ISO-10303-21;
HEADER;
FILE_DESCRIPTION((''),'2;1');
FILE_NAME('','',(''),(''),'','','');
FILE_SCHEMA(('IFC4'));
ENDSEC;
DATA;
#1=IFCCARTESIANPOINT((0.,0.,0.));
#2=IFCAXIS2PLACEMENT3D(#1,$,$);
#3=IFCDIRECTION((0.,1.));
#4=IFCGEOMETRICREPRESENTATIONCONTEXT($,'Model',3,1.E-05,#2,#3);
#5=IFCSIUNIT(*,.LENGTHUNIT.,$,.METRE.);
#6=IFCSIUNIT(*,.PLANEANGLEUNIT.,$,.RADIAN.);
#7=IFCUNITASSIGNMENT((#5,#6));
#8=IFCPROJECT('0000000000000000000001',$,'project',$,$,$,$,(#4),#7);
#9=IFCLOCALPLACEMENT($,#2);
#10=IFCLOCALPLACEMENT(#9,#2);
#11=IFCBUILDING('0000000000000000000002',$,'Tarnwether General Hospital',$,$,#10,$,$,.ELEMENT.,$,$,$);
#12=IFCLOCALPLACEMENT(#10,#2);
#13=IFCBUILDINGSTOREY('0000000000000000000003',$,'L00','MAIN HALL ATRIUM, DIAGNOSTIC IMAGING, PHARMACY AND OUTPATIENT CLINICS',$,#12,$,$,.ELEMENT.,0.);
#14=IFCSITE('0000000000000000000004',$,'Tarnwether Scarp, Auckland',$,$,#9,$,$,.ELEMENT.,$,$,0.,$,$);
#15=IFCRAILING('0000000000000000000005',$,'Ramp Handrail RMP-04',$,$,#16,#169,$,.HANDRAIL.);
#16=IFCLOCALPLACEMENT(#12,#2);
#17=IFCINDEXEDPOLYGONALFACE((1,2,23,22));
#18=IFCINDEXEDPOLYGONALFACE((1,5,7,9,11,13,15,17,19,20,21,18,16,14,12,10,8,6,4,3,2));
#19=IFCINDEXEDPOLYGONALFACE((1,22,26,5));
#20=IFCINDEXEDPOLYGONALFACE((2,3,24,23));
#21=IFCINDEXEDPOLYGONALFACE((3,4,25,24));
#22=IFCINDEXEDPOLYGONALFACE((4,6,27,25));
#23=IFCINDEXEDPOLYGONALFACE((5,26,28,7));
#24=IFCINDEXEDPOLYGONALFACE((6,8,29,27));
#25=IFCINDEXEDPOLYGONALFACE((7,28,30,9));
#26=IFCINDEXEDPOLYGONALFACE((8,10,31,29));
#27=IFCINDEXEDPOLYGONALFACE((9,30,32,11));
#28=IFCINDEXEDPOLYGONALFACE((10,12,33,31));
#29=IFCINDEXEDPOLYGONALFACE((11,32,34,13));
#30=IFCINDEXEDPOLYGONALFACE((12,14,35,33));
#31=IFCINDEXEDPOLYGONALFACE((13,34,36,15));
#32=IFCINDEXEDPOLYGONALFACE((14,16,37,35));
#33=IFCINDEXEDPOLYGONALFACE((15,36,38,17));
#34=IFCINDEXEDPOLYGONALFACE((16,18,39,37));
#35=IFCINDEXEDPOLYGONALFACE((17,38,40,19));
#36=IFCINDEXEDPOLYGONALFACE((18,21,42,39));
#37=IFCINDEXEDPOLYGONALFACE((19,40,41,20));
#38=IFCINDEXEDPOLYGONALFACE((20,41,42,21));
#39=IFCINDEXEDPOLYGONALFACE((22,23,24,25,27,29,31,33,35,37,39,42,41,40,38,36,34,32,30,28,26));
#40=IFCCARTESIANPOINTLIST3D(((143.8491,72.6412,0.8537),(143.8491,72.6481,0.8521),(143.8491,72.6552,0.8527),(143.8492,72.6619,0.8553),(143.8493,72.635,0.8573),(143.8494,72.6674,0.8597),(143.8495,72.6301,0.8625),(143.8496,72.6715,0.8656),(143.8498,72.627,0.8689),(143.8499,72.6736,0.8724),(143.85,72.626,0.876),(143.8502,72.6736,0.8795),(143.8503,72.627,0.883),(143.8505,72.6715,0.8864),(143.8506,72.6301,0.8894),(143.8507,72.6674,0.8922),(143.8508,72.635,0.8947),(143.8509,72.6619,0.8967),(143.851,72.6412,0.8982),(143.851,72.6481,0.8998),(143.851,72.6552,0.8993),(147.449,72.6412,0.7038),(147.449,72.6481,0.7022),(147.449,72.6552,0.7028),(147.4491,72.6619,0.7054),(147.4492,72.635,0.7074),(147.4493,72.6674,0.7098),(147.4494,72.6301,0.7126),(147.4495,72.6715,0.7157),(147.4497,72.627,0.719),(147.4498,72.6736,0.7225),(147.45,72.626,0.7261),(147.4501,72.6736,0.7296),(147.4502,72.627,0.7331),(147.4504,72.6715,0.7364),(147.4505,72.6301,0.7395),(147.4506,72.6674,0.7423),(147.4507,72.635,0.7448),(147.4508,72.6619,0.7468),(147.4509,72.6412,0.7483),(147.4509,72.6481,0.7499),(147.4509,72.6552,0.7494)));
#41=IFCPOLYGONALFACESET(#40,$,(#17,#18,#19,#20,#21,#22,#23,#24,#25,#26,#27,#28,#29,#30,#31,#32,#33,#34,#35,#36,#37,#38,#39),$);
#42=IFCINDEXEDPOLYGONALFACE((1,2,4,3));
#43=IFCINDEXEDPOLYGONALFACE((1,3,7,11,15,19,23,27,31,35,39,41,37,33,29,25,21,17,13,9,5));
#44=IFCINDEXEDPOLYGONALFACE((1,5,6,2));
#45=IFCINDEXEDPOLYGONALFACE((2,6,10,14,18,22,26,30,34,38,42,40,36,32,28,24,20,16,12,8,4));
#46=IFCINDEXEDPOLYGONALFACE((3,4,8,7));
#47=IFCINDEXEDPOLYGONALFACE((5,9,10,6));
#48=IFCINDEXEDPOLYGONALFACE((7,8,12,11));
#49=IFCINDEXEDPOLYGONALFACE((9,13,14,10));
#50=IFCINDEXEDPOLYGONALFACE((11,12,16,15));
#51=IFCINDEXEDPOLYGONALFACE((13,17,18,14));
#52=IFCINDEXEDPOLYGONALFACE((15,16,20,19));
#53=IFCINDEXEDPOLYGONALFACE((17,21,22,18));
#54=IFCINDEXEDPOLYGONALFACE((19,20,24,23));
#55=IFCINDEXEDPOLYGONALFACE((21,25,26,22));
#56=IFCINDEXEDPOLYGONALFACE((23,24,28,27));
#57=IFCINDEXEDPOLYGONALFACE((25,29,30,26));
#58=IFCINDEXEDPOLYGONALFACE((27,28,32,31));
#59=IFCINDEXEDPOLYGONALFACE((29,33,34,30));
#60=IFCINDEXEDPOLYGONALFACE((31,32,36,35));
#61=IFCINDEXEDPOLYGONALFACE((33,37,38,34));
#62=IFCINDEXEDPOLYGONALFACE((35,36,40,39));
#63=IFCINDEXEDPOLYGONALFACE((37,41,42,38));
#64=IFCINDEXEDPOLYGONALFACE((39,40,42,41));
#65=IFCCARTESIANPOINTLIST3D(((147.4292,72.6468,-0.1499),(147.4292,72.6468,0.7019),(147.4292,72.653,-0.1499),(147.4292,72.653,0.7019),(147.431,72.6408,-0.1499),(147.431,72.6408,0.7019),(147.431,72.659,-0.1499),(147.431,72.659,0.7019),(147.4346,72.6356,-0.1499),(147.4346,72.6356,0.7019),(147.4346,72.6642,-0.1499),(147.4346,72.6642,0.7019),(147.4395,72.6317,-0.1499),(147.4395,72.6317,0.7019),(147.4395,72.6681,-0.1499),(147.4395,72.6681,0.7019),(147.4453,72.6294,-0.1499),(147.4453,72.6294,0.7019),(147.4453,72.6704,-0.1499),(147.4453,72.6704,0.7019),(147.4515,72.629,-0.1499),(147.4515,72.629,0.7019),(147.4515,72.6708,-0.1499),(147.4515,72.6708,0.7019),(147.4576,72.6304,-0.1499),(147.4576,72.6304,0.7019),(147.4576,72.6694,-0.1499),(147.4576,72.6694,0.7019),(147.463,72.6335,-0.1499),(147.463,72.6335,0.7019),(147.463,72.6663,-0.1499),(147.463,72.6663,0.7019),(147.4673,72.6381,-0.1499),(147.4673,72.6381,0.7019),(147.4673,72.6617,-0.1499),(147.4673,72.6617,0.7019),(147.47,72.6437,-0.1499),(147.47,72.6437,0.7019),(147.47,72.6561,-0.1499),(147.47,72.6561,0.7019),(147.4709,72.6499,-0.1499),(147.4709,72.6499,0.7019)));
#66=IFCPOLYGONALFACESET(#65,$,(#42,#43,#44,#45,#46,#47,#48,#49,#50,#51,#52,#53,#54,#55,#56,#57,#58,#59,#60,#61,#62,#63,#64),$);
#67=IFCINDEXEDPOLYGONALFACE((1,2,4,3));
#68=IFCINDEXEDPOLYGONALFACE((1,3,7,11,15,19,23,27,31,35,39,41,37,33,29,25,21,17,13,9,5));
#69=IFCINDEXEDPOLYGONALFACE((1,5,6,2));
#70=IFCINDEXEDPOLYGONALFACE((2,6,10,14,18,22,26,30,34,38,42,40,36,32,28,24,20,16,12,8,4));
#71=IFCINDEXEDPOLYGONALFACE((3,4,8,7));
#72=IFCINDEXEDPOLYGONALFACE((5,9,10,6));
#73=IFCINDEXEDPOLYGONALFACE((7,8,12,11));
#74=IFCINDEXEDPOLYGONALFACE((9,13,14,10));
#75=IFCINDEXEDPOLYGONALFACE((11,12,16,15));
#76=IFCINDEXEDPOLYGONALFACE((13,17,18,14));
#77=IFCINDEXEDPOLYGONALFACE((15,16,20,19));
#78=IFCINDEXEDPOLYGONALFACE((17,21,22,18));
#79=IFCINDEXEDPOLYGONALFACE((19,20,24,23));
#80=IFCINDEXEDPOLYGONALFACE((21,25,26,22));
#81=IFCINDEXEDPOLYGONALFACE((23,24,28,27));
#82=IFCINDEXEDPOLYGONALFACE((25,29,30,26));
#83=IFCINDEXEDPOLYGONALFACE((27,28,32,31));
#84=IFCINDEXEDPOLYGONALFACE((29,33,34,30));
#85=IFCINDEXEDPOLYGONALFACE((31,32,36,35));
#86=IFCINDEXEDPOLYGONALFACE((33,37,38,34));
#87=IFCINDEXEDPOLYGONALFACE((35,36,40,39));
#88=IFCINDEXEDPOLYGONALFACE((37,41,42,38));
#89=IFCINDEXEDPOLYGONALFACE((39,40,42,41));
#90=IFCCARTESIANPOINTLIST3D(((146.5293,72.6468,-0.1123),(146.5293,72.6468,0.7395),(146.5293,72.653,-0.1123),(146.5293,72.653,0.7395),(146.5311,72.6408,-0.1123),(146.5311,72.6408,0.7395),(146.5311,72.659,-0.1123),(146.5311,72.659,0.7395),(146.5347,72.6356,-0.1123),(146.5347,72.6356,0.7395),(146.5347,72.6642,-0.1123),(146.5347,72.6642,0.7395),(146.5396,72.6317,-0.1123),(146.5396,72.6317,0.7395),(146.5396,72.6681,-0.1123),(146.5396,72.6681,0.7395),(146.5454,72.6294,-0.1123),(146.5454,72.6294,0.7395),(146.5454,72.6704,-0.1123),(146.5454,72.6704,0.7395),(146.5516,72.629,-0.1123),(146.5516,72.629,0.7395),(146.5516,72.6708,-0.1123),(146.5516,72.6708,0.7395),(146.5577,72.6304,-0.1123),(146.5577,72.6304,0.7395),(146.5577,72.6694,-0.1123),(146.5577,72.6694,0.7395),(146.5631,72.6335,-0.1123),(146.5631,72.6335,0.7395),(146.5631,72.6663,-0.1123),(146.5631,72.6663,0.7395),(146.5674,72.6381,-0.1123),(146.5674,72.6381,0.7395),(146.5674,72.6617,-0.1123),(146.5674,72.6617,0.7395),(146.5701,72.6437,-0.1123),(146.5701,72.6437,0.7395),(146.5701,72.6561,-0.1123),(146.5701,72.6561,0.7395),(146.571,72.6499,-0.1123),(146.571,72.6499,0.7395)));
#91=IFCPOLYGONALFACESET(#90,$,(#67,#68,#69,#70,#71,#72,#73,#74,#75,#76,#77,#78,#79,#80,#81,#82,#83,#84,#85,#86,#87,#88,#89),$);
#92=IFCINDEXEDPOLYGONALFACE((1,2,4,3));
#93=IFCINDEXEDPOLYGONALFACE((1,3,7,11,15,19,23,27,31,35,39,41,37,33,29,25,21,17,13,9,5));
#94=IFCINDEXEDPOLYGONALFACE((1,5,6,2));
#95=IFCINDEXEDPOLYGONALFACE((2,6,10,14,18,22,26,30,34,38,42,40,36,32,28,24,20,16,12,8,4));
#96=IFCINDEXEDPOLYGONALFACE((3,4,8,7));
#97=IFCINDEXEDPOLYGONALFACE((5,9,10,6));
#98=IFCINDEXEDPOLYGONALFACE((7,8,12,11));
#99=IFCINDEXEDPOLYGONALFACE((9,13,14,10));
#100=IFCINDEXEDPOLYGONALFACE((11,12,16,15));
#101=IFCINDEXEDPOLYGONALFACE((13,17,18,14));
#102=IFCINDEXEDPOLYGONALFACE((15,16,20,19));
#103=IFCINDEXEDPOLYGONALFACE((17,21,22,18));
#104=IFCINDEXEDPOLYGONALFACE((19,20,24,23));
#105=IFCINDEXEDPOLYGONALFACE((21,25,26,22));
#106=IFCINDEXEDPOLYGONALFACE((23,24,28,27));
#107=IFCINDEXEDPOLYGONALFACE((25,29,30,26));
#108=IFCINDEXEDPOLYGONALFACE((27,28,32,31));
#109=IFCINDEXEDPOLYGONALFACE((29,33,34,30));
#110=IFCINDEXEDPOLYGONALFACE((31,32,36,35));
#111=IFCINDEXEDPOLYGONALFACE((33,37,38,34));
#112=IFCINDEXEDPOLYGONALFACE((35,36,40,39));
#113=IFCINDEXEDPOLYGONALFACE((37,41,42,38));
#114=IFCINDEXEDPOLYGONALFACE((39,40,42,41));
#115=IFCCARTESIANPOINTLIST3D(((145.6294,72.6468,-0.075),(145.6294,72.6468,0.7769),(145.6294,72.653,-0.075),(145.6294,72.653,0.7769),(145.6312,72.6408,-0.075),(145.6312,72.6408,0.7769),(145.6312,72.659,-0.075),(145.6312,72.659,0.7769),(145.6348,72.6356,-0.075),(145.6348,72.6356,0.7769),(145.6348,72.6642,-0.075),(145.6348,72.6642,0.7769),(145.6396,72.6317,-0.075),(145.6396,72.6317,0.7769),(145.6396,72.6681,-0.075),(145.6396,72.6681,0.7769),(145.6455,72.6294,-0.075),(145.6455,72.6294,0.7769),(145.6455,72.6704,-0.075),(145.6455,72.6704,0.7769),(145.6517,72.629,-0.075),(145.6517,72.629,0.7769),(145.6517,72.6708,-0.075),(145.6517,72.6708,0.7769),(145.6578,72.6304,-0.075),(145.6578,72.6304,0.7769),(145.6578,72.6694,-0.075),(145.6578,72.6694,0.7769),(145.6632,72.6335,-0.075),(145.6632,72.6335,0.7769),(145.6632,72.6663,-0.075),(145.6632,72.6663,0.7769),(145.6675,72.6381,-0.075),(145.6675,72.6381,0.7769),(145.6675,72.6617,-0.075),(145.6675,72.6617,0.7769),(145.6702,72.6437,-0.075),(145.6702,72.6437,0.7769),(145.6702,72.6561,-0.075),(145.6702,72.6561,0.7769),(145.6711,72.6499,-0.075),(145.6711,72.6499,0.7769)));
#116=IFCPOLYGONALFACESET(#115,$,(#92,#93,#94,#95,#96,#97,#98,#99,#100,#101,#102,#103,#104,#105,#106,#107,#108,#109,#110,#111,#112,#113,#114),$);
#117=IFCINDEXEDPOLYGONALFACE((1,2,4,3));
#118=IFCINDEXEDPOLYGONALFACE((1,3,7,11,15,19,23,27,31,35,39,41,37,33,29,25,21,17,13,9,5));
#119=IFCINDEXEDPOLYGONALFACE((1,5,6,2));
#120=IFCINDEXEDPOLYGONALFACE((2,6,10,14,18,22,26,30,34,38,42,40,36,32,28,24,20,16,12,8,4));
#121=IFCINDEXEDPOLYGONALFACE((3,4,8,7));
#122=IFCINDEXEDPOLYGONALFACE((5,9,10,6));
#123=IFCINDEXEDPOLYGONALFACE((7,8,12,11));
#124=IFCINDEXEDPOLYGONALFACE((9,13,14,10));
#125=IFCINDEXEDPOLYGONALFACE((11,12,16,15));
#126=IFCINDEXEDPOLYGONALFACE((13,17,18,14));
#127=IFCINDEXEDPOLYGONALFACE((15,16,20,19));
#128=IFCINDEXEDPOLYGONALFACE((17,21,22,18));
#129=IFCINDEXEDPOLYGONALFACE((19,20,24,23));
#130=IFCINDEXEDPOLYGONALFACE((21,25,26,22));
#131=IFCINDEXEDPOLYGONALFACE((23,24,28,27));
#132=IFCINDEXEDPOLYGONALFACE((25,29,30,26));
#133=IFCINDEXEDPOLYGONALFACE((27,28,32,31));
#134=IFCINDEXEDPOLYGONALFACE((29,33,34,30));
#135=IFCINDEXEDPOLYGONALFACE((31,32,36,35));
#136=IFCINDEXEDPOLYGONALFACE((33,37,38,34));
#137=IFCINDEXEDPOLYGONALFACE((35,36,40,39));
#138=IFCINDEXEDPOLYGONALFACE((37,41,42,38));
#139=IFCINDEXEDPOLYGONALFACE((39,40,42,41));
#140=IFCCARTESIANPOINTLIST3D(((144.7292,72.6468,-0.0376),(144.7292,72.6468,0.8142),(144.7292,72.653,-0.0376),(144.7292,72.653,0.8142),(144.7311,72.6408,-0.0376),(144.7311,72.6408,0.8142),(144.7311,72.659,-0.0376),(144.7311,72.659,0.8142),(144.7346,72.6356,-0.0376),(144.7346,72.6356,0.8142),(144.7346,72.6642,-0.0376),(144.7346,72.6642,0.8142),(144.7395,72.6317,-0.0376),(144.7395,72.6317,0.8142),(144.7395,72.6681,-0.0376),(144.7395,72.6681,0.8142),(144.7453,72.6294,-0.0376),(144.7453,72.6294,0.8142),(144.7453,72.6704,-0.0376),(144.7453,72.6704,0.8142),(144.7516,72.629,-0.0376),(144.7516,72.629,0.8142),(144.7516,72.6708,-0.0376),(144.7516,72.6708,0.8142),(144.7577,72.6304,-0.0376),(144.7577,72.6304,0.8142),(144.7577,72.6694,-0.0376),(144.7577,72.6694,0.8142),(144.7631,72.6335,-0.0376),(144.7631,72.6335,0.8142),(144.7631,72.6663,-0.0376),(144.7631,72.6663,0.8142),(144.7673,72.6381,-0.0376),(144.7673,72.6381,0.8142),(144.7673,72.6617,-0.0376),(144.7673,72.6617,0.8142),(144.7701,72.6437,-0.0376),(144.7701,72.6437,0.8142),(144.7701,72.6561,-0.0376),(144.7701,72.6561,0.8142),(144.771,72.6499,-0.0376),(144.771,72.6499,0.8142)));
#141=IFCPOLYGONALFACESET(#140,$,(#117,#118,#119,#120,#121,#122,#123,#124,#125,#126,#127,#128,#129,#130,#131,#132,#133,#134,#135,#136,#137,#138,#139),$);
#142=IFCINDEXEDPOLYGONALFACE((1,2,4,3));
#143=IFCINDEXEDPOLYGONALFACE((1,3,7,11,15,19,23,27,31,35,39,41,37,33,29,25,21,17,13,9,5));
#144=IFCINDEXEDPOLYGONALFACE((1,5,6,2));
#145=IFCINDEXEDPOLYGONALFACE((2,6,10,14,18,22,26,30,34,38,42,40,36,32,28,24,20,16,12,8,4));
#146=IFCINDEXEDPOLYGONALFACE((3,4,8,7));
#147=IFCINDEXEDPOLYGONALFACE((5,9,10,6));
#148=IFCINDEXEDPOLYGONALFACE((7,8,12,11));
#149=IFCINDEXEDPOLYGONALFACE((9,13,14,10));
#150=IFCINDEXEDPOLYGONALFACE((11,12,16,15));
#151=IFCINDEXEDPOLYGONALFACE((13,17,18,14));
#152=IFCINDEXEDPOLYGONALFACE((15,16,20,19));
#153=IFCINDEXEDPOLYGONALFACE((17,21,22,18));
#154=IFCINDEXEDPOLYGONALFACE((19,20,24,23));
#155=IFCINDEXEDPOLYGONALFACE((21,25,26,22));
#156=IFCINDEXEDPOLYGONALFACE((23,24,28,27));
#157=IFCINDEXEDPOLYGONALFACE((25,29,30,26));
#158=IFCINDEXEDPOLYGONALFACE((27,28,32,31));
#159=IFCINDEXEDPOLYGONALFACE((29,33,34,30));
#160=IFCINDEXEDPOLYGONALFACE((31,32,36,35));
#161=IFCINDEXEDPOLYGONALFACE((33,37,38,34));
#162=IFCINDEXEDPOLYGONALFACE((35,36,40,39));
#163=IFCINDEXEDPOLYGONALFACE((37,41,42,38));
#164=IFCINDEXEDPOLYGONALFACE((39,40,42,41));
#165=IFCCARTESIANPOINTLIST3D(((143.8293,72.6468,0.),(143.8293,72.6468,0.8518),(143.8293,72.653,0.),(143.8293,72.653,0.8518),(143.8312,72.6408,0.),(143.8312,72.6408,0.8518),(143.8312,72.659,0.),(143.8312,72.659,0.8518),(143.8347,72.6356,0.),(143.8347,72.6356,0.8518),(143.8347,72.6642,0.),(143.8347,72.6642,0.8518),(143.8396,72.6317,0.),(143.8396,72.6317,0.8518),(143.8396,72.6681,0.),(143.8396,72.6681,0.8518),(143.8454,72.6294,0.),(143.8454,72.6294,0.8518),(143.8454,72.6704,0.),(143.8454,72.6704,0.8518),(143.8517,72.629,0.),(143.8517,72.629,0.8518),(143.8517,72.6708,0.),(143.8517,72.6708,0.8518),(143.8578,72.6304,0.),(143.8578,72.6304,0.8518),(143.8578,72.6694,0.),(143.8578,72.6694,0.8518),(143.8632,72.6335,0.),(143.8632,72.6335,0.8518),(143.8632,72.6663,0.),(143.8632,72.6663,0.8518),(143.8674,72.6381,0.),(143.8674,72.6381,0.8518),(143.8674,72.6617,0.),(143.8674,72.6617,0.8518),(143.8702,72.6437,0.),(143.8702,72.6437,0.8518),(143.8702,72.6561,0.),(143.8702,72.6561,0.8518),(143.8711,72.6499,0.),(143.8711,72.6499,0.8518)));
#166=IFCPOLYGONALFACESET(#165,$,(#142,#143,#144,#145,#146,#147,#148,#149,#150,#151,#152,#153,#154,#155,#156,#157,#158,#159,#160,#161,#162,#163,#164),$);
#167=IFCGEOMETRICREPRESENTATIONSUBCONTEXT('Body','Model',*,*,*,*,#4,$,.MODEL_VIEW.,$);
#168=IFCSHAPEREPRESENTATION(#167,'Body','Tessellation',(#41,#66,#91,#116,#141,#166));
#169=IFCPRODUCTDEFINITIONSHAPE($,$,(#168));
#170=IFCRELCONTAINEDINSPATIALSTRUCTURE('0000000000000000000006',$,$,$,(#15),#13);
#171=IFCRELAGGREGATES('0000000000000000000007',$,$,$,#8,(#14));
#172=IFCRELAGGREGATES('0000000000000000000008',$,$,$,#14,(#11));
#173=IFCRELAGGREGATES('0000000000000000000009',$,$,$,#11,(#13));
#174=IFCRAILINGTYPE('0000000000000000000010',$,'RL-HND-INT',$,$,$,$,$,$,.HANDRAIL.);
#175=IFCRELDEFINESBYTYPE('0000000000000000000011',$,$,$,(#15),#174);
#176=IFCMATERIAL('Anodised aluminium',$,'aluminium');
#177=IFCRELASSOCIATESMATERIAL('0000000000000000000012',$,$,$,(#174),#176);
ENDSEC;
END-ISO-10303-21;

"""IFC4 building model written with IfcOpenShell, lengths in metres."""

from ifc_helpers import new_model, si_unit, direction, frame, origin, origin_2d, place, context, subcontext, project, spatial, circle, extrude, material, type_object, element, save


model = new_model("IFC4")

# Units and contexts
model_context = context("Model", 3, precision=1e-05, world=origin(), true_north=direction((0.0, 1.0)))
body_context = subcontext(model_context, "Body", "Model", "MODEL_VIEW")
ifc_project = project(units=[si_unit("LENGTHUNIT", "METRE"), si_unit("PLANEANGLEUNIT", "RADIAN")], contexts=[model_context])

# Site, building, storey
site_placement = place(None, origin())
site = spatial("IfcSite", under=ifc_project, at=site_placement, Name="Tarnwether Scarp, Auckland", CompositionType="ELEMENT", RefElevation=0.0)
building_placement = place(site_placement, origin())
building = spatial("IfcBuilding", under=site, at=building_placement, Name="Tarnwether General Hospital", CompositionType="ELEMENT")
storey_placement = place(building_placement, origin())
storey = spatial("IfcBuildingStorey", under=building, at=storey_placement, Name="L00", Description="MAIN HALL ATRIUM, DIAGNOSTIC IMAGING, PHARMACY AND OUTPATIENT CLINICS", CompositionType="ELEMENT", Elevation=0.0)

# Railing
ifc_material_1 = material(Name="Anodised aluminium", Category="aluminium")
railing_type = type_object("IfcRailingType", Name="RL-HND-INT", PredefinedType="HANDRAIL", material=ifc_material_1)
for number, where, name in (
    (1, (147.45, 72.6499, -0.1499), "Ramp Handrail RMP-04"),
):
    element("IfcRailing", number, at=place(storey_placement, frame(where)), inside=storey, type_object=railing_type, Name=name, PredefinedType="HANDRAIL", context=body_context, shape_type="SweptSolid", body=[
        extrude(circle(Radius=0.0239, at=origin_2d()), frame((0.0, 0.0, 0.876), z_axis=(-0.999134, 0.0, 0.041605), x_axis=(0.0, -1.0, 0.0)), (0.0, 0.0, 1.0), 3.603),
        extrude(circle(Radius=0.021, at=origin_2d()), origin(), (0.0, 0.0, 1.0), 0.8518),
        extrude(circle(Radius=0.021, at=origin_2d()), frame((-0.8999, 0.0, 0.0376)), (0.0, 0.0, 1.0), 0.8518),
        extrude(circle(Radius=0.021, at=origin_2d()), frame((-1.7998, 0.0, 0.075)), (0.0, 0.0, 1.0), 0.8518),
        extrude(circle(Radius=0.021, at=origin_2d()), frame((-2.7, 0.0, 0.1123)), (0.0, 0.0, 1.0), 0.8518),
        extrude(circle(Radius=0.021, at=origin_2d()), frame((-3.5999, 0.0, 0.1499)), (0.0, 0.0, 1.0), 0.8518),
    ])

save(model, "model.ifc")
